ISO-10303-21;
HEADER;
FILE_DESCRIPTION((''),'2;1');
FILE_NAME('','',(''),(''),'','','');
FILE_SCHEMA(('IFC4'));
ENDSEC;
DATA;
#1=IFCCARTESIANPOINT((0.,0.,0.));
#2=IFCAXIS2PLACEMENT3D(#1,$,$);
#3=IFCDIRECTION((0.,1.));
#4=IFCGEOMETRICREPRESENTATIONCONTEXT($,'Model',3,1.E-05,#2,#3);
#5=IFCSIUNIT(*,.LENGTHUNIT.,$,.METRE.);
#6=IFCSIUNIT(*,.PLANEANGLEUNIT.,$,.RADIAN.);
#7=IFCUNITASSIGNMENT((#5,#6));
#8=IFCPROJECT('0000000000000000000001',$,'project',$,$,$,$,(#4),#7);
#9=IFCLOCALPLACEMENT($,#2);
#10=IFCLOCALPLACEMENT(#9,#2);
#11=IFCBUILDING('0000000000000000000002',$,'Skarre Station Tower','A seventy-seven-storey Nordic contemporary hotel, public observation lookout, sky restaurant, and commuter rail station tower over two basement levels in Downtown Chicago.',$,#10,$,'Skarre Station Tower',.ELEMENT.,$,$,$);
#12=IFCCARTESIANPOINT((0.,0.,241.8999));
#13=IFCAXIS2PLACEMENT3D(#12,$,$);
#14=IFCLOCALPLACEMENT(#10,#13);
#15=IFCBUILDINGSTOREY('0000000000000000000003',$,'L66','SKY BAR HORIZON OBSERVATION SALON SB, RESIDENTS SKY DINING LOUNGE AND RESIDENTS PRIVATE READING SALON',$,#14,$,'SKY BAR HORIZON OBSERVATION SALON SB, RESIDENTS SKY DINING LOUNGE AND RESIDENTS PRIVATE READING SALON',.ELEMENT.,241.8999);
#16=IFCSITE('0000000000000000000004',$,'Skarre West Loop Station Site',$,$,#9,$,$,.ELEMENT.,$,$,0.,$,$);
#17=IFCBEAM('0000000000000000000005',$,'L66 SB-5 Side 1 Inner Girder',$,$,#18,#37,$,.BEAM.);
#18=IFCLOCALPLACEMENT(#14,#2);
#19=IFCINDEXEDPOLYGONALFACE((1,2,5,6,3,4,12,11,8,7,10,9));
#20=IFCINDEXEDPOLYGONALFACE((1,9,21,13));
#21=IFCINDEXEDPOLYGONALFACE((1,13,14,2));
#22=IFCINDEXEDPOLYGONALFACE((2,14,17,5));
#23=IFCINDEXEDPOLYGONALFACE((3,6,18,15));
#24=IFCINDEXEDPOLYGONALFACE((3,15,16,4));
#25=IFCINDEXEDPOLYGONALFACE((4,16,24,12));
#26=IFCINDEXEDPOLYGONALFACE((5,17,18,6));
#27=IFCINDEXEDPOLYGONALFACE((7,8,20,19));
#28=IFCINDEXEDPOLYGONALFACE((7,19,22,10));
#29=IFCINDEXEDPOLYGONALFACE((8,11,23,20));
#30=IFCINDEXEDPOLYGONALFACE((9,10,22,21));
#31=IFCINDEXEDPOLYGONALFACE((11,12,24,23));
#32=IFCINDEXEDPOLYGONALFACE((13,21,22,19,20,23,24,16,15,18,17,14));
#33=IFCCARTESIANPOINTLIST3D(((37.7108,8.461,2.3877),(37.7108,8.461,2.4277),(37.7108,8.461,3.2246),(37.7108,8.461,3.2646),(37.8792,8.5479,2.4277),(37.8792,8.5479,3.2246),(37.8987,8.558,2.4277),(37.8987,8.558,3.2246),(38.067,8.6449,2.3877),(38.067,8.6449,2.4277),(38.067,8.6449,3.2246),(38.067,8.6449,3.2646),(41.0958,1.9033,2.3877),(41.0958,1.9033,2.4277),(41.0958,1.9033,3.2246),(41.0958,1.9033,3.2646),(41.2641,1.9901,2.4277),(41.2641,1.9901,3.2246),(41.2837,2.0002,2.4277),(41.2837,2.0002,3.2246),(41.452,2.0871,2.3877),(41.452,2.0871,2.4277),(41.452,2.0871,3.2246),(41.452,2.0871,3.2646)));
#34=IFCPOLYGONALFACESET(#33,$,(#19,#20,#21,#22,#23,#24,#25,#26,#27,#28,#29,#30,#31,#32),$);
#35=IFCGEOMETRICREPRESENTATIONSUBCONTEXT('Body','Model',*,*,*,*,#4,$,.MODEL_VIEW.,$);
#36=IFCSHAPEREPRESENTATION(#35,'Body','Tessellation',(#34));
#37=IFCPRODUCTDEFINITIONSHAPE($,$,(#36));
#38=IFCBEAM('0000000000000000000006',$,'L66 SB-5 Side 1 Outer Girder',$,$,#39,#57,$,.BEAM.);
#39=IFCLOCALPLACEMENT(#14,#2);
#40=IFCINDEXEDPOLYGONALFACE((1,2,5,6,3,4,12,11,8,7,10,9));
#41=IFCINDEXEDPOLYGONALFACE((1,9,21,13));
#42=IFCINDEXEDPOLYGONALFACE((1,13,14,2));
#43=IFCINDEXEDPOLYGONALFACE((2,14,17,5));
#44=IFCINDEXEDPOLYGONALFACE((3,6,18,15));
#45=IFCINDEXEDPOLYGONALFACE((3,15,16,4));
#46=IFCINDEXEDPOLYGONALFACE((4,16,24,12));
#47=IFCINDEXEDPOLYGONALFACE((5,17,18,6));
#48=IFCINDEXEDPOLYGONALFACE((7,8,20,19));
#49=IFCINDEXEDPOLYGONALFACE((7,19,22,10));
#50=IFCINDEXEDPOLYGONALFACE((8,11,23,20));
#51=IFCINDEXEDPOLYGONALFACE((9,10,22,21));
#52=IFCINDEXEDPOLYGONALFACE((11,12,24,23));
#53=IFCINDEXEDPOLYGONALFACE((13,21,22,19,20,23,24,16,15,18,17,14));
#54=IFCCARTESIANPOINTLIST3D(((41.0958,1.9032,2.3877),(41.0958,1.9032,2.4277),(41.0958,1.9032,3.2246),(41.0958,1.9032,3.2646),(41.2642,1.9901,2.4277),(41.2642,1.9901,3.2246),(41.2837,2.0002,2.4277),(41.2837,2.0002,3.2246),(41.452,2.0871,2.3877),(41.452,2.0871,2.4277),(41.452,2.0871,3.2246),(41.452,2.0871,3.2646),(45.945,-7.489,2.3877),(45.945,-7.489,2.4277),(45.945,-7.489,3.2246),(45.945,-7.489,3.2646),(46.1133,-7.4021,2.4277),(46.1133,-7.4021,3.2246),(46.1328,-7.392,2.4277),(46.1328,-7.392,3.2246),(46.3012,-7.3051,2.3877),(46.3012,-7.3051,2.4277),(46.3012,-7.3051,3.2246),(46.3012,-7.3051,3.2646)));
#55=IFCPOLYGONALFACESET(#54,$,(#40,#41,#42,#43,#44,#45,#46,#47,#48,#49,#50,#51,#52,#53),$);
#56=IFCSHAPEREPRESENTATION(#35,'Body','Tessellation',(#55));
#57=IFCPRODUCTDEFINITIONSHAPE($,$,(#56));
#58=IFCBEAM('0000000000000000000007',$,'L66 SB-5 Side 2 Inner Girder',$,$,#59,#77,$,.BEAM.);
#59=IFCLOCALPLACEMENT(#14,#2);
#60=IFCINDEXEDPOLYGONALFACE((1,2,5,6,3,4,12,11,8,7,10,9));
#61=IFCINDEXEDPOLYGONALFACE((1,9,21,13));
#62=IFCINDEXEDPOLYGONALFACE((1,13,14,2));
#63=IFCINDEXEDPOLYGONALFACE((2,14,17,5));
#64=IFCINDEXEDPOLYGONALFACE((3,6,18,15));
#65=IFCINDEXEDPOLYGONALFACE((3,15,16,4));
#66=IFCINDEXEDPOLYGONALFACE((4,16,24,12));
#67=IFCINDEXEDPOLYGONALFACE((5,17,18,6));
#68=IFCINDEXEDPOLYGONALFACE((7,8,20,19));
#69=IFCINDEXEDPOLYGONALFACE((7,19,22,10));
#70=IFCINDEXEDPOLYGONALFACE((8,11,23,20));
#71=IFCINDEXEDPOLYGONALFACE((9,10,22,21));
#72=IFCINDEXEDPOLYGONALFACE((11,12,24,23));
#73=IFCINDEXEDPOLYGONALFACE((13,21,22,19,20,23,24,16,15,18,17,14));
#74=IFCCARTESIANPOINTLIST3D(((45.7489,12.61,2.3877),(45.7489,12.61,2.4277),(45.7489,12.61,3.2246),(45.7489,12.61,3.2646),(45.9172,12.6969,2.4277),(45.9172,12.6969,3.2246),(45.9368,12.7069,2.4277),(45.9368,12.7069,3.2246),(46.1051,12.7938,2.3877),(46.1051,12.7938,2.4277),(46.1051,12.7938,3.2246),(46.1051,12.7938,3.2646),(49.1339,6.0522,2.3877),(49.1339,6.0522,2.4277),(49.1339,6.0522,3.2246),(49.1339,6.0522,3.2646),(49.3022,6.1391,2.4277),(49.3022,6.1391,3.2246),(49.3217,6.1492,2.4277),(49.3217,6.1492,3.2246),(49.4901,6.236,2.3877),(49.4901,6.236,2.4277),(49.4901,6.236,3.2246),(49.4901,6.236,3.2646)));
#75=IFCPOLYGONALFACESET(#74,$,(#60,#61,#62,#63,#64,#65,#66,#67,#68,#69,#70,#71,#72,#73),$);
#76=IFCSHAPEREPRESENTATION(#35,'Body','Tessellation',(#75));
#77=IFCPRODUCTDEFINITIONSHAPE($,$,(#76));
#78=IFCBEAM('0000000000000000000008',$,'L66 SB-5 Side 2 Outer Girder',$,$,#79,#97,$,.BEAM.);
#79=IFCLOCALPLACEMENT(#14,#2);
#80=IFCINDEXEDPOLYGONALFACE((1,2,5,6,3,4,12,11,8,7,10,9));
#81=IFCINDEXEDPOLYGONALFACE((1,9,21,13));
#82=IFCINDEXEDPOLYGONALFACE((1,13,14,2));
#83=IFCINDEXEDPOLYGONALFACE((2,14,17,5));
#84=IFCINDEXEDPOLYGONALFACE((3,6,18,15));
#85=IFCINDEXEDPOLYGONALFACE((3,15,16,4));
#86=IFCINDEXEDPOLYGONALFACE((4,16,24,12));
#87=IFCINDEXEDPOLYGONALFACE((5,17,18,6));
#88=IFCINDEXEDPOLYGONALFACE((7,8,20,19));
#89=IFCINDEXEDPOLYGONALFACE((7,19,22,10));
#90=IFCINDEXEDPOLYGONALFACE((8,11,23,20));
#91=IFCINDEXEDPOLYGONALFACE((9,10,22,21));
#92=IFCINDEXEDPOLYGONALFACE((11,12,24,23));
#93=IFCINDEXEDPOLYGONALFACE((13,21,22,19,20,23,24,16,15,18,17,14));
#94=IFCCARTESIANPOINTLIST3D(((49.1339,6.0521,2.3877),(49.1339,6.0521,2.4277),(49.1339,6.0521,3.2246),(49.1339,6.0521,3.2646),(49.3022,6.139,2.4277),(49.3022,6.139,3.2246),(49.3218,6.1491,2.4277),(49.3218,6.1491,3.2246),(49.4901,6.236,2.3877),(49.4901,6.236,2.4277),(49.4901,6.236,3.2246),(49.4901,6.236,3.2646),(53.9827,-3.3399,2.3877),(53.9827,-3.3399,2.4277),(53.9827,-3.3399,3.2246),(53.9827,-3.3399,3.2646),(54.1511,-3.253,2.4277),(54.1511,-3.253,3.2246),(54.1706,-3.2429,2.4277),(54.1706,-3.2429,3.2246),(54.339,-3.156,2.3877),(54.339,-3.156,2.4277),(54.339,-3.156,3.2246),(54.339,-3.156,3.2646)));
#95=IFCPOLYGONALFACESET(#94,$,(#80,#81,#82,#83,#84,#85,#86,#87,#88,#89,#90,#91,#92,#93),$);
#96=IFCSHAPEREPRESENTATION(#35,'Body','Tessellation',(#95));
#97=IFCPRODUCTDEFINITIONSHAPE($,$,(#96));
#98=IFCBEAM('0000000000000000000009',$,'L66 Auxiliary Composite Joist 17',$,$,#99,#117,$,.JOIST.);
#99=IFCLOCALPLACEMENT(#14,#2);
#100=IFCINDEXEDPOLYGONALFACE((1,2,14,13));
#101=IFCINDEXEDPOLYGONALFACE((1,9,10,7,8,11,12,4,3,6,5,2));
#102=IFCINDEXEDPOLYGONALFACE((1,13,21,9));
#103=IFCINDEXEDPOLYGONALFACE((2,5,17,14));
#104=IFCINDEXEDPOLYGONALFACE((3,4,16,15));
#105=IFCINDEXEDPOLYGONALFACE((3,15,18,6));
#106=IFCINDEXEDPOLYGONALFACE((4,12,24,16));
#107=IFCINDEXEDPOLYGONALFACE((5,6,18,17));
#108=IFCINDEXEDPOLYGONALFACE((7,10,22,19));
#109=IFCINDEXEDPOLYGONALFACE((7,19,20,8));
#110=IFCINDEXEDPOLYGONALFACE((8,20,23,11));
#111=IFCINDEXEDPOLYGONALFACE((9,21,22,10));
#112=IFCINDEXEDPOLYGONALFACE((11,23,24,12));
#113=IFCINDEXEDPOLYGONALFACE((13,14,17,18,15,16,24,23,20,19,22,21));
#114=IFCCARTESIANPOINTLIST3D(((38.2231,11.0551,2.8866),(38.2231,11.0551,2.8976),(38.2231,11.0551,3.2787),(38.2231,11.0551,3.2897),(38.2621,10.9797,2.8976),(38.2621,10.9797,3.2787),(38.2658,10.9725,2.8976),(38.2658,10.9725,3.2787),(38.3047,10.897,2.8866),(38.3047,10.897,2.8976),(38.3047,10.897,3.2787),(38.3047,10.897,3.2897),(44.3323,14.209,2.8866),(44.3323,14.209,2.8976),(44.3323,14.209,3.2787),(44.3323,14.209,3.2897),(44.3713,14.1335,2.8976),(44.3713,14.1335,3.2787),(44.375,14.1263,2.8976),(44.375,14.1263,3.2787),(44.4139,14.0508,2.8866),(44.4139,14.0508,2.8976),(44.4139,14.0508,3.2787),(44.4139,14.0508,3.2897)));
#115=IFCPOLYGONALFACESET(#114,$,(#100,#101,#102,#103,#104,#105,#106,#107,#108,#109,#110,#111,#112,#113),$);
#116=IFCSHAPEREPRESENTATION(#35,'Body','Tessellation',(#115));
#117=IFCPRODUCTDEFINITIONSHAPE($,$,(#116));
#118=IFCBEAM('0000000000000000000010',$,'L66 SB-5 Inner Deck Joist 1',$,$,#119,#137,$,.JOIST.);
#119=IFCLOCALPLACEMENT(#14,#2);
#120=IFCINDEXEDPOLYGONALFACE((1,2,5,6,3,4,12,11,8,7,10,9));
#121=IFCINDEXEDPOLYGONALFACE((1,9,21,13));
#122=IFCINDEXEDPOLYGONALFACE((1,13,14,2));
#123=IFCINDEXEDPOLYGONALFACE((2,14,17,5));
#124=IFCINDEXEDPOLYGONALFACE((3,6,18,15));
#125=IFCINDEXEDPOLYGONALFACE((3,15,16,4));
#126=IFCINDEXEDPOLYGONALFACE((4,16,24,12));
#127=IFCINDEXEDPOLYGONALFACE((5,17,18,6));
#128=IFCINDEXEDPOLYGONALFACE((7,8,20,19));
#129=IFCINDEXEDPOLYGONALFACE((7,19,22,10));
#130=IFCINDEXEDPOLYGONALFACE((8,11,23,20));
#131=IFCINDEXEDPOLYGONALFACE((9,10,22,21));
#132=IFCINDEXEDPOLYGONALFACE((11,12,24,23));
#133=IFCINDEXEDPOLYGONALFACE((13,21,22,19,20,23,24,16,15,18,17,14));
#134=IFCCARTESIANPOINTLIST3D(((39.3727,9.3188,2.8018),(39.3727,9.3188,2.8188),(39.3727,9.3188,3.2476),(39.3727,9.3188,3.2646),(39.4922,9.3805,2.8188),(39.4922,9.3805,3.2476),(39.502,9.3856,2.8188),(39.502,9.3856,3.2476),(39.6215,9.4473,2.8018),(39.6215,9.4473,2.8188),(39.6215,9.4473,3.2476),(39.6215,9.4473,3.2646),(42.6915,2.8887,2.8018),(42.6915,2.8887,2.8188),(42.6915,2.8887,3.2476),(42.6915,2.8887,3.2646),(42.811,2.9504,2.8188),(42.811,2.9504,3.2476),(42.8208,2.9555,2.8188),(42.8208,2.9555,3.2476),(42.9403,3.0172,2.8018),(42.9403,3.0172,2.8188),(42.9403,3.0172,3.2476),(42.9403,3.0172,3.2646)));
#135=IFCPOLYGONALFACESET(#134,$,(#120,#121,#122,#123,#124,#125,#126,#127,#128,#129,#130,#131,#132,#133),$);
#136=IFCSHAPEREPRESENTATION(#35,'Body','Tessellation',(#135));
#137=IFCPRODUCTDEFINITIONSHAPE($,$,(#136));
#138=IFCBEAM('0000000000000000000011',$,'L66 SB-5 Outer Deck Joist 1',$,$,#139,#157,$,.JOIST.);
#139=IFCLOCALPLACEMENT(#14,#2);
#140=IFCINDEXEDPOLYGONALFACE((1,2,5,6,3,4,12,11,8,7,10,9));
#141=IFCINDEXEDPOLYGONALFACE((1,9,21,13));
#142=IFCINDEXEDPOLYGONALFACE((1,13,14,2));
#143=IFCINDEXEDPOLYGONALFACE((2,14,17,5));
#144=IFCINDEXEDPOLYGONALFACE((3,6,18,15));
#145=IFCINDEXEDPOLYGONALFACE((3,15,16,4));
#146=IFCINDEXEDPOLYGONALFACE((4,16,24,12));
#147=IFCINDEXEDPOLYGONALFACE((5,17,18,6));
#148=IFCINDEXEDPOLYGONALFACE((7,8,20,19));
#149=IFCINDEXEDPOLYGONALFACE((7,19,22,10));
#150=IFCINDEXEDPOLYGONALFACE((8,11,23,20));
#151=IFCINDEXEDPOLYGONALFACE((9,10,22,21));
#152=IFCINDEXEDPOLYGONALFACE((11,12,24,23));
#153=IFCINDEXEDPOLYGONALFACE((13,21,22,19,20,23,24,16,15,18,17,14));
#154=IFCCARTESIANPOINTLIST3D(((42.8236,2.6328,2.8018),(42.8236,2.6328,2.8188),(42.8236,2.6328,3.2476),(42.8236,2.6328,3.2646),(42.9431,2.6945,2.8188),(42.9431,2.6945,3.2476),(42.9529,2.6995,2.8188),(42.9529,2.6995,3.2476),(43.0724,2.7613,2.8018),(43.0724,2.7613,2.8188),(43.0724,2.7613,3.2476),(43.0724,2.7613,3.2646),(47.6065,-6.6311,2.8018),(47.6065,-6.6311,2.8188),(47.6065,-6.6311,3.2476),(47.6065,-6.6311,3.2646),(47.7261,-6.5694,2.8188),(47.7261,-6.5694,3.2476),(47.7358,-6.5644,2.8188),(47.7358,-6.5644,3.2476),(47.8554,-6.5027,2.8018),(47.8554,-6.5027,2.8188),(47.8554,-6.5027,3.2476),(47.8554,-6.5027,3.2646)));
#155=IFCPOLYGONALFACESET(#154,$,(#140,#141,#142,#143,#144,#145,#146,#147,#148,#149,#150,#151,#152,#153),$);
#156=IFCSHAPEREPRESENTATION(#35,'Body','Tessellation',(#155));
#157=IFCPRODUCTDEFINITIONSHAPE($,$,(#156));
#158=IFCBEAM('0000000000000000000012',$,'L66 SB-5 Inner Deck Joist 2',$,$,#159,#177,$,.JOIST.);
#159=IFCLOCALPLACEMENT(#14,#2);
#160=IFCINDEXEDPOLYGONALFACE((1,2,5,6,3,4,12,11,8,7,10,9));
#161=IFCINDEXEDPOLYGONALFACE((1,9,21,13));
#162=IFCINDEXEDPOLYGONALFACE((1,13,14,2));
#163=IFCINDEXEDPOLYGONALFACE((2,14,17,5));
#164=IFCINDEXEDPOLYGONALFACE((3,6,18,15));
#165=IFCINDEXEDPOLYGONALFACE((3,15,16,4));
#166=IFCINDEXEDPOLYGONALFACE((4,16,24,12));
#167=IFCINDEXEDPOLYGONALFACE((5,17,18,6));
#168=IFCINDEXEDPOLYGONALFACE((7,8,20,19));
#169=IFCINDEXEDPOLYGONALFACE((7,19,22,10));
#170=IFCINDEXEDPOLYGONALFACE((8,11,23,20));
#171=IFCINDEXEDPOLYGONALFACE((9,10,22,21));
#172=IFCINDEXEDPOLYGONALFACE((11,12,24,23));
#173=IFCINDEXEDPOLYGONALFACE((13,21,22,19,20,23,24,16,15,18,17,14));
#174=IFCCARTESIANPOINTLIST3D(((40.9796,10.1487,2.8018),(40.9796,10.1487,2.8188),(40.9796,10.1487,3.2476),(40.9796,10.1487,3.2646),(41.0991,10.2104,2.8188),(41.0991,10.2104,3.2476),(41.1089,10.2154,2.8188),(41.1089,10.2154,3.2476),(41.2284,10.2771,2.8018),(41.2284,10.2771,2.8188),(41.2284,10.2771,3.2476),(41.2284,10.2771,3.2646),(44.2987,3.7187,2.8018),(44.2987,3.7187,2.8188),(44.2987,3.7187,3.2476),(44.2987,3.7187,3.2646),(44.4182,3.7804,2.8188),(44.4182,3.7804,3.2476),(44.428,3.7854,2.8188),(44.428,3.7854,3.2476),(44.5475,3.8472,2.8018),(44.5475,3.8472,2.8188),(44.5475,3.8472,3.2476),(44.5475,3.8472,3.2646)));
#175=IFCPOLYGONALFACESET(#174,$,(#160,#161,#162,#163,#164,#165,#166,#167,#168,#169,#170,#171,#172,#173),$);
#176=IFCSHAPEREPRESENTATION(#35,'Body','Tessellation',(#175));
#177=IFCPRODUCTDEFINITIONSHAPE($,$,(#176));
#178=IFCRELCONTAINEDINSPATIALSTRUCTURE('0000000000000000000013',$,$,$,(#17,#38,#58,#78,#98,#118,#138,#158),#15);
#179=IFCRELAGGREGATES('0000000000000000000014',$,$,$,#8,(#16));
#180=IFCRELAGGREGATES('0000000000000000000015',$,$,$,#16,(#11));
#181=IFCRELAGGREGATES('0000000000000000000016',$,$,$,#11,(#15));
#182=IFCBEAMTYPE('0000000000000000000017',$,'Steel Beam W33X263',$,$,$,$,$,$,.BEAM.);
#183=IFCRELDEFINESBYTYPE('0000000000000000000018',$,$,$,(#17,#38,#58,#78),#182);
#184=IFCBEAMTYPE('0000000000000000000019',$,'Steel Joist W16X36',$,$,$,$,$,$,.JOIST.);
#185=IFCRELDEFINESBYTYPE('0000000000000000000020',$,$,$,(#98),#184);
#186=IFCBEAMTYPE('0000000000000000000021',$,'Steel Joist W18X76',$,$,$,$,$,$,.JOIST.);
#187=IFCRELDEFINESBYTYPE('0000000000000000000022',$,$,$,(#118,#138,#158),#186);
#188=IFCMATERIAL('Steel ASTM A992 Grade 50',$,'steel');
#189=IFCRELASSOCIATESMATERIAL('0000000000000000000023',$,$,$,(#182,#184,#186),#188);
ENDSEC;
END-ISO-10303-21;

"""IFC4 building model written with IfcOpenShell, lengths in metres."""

from ifc_helpers import new_model, si_unit, direction, frame, origin, origin_2d, place, context, subcontext, project, spatial, i_section, extrude, material, material_profile, profile_set, type_object, element, save


model = new_model("IFC4")

# Units and contexts
model_context = context("Model", 3, precision=1e-05, world=origin(), true_north=direction((0.0, 1.0)))
body_context = subcontext(model_context, "Body", "Model", "MODEL_VIEW")
ifc_project = project(units=[si_unit("LENGTHUNIT", "METRE"), si_unit("PLANEANGLEUNIT", "RADIAN")], contexts=[model_context])

# Site, building, storey
site_placement = place(None, origin())
site = spatial("IfcSite", under=ifc_project, at=site_placement, Name="Skarre West Loop Station Site", CompositionType="ELEMENT", RefElevation=0.0)
building_placement = place(site_placement, origin())
building = spatial("IfcBuilding", under=site, at=building_placement, Name="Skarre Station Tower", Description="A seventy-seven-storey Nordic contemporary hotel, public observation lookout, sky restaurant, and commuter rail station tower over two basement levels in Downtown Chicago.", LongName="Skarre Station Tower", CompositionType="ELEMENT")
storey_placement = place(building_placement, frame((0.0, 0.0, 241.8999)))
storey = spatial("IfcBuildingStorey", under=building, at=storey_placement, Name="L66", Description="SKY BAR HORIZON OBSERVATION SALON SB, RESIDENTS SKY DINING LOUNGE AND RESIDENTS PRIVATE READING SALON", LongName="SKY BAR HORIZON OBSERVATION SALON SB, RESIDENTS SKY DINING LOUNGE AND RESIDENTS PRIVATE READING SALON", CompositionType="ELEMENT", Elevation=241.8999)

# Beams
ifc_material_1 = material(Name="Steel ASTM A992 Grade 50", Category="steel")
ifc_material_profile_1 = material_profile(ifc_material_1, i_section(OverallWidth=0.4009, OverallDepth=0.877, WebThickness=0.022, FlangeThickness=0.04, at=origin_2d()), Name="Steel ASTM A992 Grade 50")
ifc_profile_set_1 = profile_set([ifc_material_profile_1], Name="Steel ASTM A992 Grade 50")
beam_type_1 = type_object("IfcBeamType", Name="Steel Beam W33X263", PredefinedType="BEAM", material=ifc_profile_set_1)
beam_1_placement = place(storey_placement, frame((37.8889, 8.553, 2.8262), z_axis=(0.458676, -0.888604, 0.0), x_axis=(0.888604, 0.458676, 0.0)))
element("IfcBeam", 1, at=beam_1_placement, inside=storey, type_object=beam_type_1, Name="L66 SB-5 Side 1 Inner Girder", PredefinedType="BEAM", context=body_context, shape_type="SweptSolid", body=[
    extrude(i_section(OverallWidth=0.4009, OverallDepth=0.877, WebThickness=0.022, FlangeThickness=0.04, at=origin_2d()), origin(), (0.0, 0.0, 1.0), 7.3799),
])
beam_2_placement = place(storey_placement, frame((41.2739, 1.9951, 2.8262), z_axis=(0.458762, -0.888559, 0.0), x_axis=(0.888559, 0.458762, 0.0)))
element("IfcBeam", 2, at=beam_2_placement, inside=storey, type_object=beam_type_1, Name="L66 SB-5 Side 1 Outer Girder", PredefinedType="BEAM", context=body_context, shape_type="SweptSolid", body=[
    extrude(i_section(OverallWidth=0.4009, OverallDepth=0.877, WebThickness=0.022, FlangeThickness=0.04, at=origin_2d()), origin(), (0.0, 0.0, 1.0), 10.5701),
])
beam_3_placement = place(storey_placement, frame((45.927, 12.7019, 2.8262), z_axis=(0.458676, -0.888604, 0.0), x_axis=(0.888604, 0.458676, 0.0)))
element("IfcBeam", 3, at=beam_3_placement, inside=storey, type_object=beam_type_1, Name="L66 SB-5 Side 2 Inner Girder", PredefinedType="BEAM", context=body_context, shape_type="SweptSolid", body=[
    extrude(i_section(OverallWidth=0.4009, OverallDepth=0.877, WebThickness=0.022, FlangeThickness=0.04, at=origin_2d()), origin(), (0.0, 0.0, 1.0), 7.3799),
])
beam_4_placement = place(storey_placement, frame((49.312, 6.144, 2.8262), z_axis=(0.458744, -0.888569, 0.0), x_axis=(0.888569, 0.458744, 0.0)))
element("IfcBeam", 4, at=beam_4_placement, inside=storey, type_object=beam_type_1, Name="L66 SB-5 Side 2 Outer Girder", PredefinedType="BEAM", context=body_context, shape_type="SweptSolid", body=[
    extrude(i_section(OverallWidth=0.4009, OverallDepth=0.877, WebThickness=0.022, FlangeThickness=0.04, at=origin_2d()), origin(), (0.0, 0.0, 1.0), 10.5698),
])
ifc_material_profile_2 = material_profile(ifc_material_1, i_section(OverallWidth=0.178, OverallDepth=0.4031, WebThickness=0.0081, FlangeThickness=0.011, at=origin_2d()), Name="Steel ASTM A992 Grade 50")
ifc_profile_set_2 = profile_set([ifc_material_profile_2], Name="Steel ASTM A992 Grade 50")
beam_type_2 = type_object("IfcBeamType", Name="Steel Joist W16X36", PredefinedType="JOIST", material=ifc_profile_set_2)
beam_5_placement = place(storey_placement, frame((38.2639, 10.9761, 3.0881), z_axis=(0.888579, 0.458724, 0.0), x_axis=(-0.458724, 0.888579, 0.0)))
element("IfcBeam", 5, at=beam_5_placement, inside=storey, type_object=beam_type_2, Name="L66 Auxiliary Composite Joist 17", PredefinedType="JOIST", context=body_context, shape_type="SweptSolid", body=[
    extrude(i_section(OverallWidth=0.178, OverallDepth=0.4031, WebThickness=0.0081, FlangeThickness=0.011, at=origin_2d()), origin(), (0.0, 0.0, 1.0), 6.8752),
])
ifc_material_profile_3 = material_profile(ifc_material_1, i_section(OverallWidth=0.28, OverallDepth=0.4629, WebThickness=0.011, FlangeThickness=0.0171, at=origin_2d()), Name="Steel ASTM A992 Grade 50")
ifc_profile_set_3 = profile_set([ifc_material_profile_3], Name="Steel ASTM A992 Grade 50")
beam_type_3 = type_object("IfcBeamType", Name="Steel Joist W18X76", PredefinedType="JOIST", material=ifc_profile_set_3)
beam_6_placement = place(storey_placement, frame((39.4971, 9.3831, 3.0332), z_axis=(0.458648, -0.888618, 0.0), x_axis=(0.888618, 0.458648, 0.0)))
element("IfcBeam", 6, at=beam_6_placement, inside=storey, type_object=beam_type_3, Name="L66 SB-5 Inner Deck Joist 1", PredefinedType="JOIST", context=body_context, shape_type="SweptSolid", body=[
    extrude(i_section(OverallWidth=0.28, OverallDepth=0.4629, WebThickness=0.011, FlangeThickness=0.0171, at=origin_2d()), origin(), (0.0, 0.0, 1.0), 7.2361),
])
beam_7_placement = place(storey_placement, frame((42.948, 2.697, 3.0332), z_axis=(0.458763, -0.888559, 0.0), x_axis=(0.888559, 0.458763, 0.0)))
element("IfcBeam", 7, at=beam_7_placement, inside=storey, type_object=beam_type_3, Name="L66 SB-5 Outer Deck Joist 1", PredefinedType="JOIST", context=body_context, shape_type="SweptSolid", body=[
    extrude(i_section(OverallWidth=0.28, OverallDepth=0.4629, WebThickness=0.011, FlangeThickness=0.0171, at=origin_2d()), origin(), (0.0, 0.0, 1.0), 10.4258),
])
beam_8_placement = place(storey_placement, frame((41.104, 10.2129, 3.0332), z_axis=(0.458688, -0.888597, 0.0), x_axis=(0.888597, 0.458688, 0.0)))
element("IfcBeam", 8, at=beam_8_placement, inside=storey, type_object=beam_type_3, Name="L66 SB-5 Inner Deck Joist 2", PredefinedType="JOIST", context=body_context, shape_type="SweptSolid", body=[
    extrude(i_section(OverallWidth=0.28, OverallDepth=0.4629, WebThickness=0.011, FlangeThickness=0.0171, at=origin_2d()), origin(), (0.0, 0.0, 1.0), 7.2361),
])

save(model, "model.ifc")
